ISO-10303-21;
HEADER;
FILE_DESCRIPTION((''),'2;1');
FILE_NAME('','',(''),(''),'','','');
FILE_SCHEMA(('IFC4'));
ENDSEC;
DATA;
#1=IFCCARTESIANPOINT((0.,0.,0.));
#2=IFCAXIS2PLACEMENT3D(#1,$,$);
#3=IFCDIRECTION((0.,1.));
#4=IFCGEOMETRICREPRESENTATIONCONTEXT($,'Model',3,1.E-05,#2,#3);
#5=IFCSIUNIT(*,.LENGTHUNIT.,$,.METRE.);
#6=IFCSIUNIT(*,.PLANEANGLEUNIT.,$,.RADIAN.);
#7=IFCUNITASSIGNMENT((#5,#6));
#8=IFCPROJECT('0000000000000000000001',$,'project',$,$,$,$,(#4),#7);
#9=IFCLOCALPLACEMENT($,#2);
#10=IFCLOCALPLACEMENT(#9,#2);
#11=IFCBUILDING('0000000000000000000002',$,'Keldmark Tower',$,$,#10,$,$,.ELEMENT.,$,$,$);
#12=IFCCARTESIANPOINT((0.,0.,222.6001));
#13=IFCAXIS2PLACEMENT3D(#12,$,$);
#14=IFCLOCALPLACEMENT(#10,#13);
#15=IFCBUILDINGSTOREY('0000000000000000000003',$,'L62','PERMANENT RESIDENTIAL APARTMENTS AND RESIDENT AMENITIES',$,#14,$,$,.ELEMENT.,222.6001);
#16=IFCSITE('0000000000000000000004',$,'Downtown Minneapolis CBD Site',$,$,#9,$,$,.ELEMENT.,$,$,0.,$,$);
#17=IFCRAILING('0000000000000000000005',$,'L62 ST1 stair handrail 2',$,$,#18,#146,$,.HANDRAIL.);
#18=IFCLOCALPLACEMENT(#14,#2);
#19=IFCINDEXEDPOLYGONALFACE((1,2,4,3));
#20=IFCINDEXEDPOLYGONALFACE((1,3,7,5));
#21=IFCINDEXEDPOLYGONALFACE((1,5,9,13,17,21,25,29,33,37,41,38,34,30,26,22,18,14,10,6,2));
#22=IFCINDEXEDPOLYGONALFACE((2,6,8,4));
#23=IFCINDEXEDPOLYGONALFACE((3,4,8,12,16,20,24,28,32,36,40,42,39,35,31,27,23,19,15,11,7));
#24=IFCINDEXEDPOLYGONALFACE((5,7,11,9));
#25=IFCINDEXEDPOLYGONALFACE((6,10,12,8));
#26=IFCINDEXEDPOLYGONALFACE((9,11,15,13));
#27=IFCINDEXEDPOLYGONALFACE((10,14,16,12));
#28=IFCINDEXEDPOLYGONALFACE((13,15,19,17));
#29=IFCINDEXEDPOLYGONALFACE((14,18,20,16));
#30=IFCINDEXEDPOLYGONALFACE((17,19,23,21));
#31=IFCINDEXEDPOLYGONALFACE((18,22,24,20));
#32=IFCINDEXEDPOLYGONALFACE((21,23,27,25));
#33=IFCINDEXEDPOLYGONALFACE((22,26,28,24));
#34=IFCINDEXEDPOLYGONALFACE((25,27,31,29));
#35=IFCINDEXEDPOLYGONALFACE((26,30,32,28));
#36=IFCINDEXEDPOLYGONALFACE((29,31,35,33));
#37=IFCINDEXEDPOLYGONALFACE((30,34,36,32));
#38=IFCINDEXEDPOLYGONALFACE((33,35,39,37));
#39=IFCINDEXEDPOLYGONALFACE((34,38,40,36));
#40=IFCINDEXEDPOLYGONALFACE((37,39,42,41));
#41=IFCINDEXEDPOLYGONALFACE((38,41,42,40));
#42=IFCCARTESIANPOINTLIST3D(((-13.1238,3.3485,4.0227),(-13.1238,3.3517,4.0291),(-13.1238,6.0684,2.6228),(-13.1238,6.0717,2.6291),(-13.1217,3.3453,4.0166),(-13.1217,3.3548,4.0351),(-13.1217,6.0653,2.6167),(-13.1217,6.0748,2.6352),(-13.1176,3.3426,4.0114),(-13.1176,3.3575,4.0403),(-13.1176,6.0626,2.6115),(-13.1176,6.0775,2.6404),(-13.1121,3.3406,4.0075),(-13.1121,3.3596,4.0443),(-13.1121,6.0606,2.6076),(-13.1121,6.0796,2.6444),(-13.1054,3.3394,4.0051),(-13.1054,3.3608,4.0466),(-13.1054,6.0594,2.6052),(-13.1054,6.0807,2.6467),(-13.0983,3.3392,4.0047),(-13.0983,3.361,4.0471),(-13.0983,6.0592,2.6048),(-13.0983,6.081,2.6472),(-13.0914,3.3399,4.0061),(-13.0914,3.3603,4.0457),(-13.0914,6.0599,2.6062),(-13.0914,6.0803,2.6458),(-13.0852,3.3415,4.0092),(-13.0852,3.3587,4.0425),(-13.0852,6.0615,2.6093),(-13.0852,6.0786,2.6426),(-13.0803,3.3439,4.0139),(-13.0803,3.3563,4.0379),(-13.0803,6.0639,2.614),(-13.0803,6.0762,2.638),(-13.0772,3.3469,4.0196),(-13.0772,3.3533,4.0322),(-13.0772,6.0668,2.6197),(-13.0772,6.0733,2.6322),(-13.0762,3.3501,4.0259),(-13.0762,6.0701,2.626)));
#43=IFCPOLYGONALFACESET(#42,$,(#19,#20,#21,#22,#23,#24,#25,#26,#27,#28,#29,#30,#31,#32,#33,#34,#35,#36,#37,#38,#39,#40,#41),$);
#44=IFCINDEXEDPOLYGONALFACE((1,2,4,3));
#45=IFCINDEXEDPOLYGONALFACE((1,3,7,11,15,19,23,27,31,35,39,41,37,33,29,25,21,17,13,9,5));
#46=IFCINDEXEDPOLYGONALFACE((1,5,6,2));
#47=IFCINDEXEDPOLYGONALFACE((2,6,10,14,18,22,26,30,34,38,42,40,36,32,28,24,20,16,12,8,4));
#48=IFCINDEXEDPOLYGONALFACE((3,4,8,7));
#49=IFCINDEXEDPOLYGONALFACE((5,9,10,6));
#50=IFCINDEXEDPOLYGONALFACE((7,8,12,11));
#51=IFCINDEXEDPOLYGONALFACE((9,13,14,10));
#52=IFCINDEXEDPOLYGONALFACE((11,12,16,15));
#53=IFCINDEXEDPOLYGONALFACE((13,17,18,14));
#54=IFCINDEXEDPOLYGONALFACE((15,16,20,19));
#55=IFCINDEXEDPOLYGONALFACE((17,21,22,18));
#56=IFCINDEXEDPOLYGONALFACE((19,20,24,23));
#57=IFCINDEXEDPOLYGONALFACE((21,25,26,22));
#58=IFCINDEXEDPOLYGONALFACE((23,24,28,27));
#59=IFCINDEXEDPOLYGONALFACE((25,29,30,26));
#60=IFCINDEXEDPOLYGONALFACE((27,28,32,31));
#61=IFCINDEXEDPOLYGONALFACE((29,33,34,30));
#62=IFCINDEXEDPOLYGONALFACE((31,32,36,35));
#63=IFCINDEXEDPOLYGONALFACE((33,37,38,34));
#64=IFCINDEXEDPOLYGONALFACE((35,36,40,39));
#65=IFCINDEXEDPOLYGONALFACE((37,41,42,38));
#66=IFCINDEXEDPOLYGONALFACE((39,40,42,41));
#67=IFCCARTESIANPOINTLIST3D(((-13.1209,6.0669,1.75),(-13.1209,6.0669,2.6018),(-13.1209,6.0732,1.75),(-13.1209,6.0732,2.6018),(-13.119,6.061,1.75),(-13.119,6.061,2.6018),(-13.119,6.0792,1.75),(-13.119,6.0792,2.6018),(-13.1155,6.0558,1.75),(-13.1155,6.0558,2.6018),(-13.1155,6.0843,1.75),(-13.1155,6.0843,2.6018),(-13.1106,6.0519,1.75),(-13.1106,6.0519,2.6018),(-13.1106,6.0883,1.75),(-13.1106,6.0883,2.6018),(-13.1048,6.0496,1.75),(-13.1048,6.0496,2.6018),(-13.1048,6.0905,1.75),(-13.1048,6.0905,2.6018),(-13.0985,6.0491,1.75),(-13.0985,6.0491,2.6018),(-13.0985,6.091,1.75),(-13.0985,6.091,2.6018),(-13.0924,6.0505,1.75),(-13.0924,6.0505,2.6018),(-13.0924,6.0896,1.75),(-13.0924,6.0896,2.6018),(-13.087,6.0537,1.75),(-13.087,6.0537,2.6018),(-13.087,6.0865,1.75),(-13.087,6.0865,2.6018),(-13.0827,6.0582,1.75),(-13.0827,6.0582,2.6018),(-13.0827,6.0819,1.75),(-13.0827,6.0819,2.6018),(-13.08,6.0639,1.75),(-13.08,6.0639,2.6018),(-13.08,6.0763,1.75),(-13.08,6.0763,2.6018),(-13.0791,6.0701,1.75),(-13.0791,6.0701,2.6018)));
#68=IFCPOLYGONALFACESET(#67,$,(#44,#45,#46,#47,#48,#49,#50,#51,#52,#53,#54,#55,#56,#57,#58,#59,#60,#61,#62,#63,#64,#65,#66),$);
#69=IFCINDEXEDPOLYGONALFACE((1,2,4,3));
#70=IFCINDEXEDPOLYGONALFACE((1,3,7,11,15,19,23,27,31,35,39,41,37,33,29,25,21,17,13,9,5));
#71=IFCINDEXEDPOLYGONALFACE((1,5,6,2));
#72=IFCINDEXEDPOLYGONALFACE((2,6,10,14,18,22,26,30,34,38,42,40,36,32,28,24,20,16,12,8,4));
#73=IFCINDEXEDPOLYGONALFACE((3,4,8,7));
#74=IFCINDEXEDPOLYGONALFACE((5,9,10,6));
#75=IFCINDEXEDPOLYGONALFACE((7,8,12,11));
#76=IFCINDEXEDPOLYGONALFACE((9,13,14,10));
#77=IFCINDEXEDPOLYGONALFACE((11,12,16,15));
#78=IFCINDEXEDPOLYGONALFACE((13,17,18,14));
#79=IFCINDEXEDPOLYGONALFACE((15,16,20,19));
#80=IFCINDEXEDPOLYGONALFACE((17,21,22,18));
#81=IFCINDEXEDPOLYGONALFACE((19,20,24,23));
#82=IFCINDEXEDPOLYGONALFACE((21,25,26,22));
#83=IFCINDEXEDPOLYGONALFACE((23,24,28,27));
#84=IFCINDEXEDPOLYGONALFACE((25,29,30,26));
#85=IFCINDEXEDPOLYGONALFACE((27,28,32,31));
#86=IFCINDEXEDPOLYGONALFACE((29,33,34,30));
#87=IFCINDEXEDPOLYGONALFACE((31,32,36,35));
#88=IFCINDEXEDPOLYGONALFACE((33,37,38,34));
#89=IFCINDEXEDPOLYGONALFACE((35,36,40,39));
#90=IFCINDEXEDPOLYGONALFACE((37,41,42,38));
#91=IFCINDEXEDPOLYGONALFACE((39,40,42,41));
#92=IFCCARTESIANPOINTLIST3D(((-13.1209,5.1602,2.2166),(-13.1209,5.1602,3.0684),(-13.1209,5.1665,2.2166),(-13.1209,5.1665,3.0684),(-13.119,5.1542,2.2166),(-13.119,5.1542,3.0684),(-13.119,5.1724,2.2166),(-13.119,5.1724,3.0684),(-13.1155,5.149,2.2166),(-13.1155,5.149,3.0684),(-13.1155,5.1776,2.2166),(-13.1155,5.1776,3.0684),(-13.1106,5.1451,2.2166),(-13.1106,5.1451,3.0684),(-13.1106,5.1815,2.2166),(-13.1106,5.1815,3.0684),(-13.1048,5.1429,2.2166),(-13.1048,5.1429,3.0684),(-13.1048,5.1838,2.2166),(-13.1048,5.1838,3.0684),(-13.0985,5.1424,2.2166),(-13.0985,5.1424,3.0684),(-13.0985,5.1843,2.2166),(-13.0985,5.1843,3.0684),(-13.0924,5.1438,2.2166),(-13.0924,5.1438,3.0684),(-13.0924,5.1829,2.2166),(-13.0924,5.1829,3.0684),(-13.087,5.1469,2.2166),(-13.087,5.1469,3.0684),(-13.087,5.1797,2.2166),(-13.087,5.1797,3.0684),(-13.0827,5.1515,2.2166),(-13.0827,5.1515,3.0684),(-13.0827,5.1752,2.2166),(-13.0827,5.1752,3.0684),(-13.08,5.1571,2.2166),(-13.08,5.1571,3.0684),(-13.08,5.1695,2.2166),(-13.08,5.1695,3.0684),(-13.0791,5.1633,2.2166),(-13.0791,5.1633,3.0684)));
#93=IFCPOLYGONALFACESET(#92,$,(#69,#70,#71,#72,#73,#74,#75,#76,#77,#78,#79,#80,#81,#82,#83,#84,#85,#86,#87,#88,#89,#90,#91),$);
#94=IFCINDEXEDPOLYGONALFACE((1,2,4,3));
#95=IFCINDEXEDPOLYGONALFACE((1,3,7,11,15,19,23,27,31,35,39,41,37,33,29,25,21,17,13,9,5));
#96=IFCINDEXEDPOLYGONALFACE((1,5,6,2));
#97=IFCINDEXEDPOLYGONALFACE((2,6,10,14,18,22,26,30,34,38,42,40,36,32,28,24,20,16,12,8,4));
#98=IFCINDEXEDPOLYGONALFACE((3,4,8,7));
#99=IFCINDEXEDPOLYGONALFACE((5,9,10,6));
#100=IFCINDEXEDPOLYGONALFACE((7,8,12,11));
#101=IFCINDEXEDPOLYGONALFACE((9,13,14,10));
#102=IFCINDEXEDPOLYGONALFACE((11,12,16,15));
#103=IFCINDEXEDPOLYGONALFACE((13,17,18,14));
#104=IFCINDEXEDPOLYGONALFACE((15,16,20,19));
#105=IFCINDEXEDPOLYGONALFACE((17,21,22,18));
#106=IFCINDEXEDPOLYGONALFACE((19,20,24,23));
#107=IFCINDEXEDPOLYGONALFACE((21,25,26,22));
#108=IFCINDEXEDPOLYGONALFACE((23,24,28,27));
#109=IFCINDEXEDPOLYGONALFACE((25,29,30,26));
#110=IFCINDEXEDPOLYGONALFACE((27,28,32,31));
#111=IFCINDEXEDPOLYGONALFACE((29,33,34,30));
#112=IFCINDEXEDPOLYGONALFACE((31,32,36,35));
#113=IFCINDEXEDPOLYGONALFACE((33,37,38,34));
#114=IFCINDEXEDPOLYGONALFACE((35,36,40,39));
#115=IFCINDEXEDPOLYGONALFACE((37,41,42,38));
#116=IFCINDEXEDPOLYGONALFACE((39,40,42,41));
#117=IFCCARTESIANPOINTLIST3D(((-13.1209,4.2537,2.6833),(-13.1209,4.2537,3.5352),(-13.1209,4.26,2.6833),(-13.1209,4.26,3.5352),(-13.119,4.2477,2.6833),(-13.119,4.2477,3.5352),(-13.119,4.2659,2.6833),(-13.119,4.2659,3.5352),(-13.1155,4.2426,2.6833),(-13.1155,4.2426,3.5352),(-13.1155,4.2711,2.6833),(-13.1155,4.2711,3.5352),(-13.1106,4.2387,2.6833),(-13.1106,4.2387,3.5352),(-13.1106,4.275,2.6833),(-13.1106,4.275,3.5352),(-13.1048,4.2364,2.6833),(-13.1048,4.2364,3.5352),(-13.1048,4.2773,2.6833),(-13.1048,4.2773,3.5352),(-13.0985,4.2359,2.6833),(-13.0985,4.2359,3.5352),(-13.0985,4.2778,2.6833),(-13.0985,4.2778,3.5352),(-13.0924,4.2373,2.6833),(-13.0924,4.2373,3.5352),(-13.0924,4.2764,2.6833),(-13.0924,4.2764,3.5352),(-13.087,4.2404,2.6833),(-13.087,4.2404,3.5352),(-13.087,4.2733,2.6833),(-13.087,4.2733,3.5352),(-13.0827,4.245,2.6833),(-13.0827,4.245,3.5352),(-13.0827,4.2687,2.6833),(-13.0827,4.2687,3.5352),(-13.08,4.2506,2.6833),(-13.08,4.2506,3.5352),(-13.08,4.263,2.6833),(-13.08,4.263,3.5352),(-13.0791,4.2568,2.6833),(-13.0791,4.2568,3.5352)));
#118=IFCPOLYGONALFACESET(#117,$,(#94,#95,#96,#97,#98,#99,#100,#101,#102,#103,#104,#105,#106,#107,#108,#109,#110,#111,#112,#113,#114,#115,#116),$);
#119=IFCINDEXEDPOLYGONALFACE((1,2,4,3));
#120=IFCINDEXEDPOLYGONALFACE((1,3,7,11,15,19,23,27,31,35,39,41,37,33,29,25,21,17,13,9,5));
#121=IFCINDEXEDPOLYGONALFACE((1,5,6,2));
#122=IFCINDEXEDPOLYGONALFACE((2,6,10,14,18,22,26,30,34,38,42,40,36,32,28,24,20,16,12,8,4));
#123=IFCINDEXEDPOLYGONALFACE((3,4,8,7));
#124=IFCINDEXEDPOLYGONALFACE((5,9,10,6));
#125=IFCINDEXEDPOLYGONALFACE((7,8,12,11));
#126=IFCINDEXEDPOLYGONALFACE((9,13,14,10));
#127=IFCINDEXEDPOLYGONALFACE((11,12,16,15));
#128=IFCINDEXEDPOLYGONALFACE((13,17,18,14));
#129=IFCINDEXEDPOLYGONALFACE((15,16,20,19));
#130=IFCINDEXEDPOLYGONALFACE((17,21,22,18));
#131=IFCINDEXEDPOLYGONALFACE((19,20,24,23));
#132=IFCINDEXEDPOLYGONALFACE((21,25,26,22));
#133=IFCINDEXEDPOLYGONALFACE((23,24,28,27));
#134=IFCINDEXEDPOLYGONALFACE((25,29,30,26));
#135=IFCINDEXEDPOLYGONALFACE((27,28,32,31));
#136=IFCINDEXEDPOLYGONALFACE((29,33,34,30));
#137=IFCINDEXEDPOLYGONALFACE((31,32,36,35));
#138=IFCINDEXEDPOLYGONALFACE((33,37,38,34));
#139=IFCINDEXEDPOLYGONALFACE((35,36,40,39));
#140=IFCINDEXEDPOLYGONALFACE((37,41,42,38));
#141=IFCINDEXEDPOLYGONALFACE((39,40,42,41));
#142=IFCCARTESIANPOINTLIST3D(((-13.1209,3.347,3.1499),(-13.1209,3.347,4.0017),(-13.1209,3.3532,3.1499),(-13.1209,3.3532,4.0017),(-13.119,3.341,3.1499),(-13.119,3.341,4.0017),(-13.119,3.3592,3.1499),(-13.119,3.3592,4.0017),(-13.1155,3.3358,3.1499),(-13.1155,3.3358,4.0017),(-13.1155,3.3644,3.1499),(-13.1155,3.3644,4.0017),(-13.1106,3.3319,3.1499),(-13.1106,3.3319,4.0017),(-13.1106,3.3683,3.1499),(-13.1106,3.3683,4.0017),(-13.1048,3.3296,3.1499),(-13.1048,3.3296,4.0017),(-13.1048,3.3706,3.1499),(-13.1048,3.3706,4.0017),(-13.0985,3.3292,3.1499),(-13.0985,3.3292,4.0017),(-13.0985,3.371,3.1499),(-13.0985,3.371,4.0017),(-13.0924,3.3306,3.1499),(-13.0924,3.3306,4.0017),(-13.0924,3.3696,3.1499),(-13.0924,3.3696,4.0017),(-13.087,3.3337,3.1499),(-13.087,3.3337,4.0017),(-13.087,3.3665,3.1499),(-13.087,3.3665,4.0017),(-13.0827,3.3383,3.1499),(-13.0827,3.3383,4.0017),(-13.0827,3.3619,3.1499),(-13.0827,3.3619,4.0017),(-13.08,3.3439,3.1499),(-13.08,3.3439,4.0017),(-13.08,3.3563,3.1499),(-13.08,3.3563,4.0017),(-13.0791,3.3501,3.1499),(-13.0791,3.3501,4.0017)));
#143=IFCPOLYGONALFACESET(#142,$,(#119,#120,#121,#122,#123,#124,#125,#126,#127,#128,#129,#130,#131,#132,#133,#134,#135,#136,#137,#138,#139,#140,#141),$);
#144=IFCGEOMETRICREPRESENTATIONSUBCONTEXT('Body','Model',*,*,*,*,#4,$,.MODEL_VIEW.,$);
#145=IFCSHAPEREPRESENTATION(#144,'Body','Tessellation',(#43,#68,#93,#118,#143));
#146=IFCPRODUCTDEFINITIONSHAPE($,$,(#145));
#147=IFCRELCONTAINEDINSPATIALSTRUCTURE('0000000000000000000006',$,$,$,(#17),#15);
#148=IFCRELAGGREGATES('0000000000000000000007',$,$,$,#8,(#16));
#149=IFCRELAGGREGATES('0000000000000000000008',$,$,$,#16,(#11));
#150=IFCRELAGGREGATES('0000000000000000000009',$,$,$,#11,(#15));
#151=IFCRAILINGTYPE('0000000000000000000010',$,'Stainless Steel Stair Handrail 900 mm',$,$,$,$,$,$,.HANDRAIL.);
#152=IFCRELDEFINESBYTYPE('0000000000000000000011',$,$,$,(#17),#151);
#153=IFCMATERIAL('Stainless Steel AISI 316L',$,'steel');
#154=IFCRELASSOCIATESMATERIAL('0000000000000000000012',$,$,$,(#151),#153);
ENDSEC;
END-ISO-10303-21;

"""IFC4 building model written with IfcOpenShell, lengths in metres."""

from ifc_helpers import new_model, si_unit, direction, frame, origin, origin_2d, place, context, subcontext, project, spatial, circle, extrude, material, type_object, element, save


model = new_model("IFC4")

# Units and contexts
model_context = context("Model", 3, precision=1e-05, world=origin(), true_north=direction((0.0, 1.0)))
body_context = subcontext(model_context, "Body", "Model", "MODEL_VIEW")
ifc_project = project(units=[si_unit("LENGTHUNIT", "METRE"), si_unit("PLANEANGLEUNIT", "RADIAN")], contexts=[model_context])

# Site, building, storey
site_placement = place(None, origin())
site = spatial("IfcSite", under=ifc_project, at=site_placement, Name="Downtown Minneapolis CBD Site", CompositionType="ELEMENT", RefElevation=0.0)
building_placement = place(site_placement, origin())
building = spatial("IfcBuilding", under=site, at=building_placement, Name="Keldmark Tower", CompositionType="ELEMENT")
storey_placement = place(building_placement, frame((0.0, 0.0, 222.6001)))
storey = spatial("IfcBuildingStorey", under=building, at=storey_placement, Name="L62", Description="PERMANENT RESIDENTIAL APARTMENTS AND RESIDENT AMENITIES", CompositionType="ELEMENT", Elevation=222.6001)

# Railing
ifc_material_1 = material(Name="Stainless Steel AISI 316L", Category="steel")
railing_type_1 = type_object("IfcRailingType", Name="Stainless Steel Stair Handrail 900 mm", PredefinedType="HANDRAIL", material=ifc_material_1)
railing_1_placement = place(storey_placement, frame((-13.1001, 6.0701, 1.75)))
element("IfcRailing", 1, at=railing_1_placement, inside=storey, type_object=railing_type_1, Name="L62 ST1 stair handrail 2", PredefinedType="HANDRAIL", context=body_context, shape_type="SweptSolid", body=[
    extrude(circle(Radius=0.0239, at=origin_2d()), frame((0.0, 0.0, 0.876), z_axis=(0.0, -0.889147, 0.457622), x_axis=(1.0, 0.0, 0.0)), (0.0, 0.0, 1.0), 3.0591),
    extrude(circle(Radius=0.021, at=origin_2d()), origin(), (0.0, 0.0, 1.0), 0.8518),
    extrude(circle(Radius=0.021, at=origin_2d()), frame((0.0, -0.9067, 0.4666)), (0.0, 0.0, 1.0), 0.8518),
    extrude(circle(Radius=0.021, at=origin_2d()), frame((0.0, -1.8132, 0.9333)), (0.0, 0.0, 1.0), 0.8518),
    extrude(circle(Radius=0.021, at=origin_2d()), frame((0.0, -2.72, 1.3999)), (0.0, 0.0, 1.0), 0.8518),
])

save(model, "model.ifc")
